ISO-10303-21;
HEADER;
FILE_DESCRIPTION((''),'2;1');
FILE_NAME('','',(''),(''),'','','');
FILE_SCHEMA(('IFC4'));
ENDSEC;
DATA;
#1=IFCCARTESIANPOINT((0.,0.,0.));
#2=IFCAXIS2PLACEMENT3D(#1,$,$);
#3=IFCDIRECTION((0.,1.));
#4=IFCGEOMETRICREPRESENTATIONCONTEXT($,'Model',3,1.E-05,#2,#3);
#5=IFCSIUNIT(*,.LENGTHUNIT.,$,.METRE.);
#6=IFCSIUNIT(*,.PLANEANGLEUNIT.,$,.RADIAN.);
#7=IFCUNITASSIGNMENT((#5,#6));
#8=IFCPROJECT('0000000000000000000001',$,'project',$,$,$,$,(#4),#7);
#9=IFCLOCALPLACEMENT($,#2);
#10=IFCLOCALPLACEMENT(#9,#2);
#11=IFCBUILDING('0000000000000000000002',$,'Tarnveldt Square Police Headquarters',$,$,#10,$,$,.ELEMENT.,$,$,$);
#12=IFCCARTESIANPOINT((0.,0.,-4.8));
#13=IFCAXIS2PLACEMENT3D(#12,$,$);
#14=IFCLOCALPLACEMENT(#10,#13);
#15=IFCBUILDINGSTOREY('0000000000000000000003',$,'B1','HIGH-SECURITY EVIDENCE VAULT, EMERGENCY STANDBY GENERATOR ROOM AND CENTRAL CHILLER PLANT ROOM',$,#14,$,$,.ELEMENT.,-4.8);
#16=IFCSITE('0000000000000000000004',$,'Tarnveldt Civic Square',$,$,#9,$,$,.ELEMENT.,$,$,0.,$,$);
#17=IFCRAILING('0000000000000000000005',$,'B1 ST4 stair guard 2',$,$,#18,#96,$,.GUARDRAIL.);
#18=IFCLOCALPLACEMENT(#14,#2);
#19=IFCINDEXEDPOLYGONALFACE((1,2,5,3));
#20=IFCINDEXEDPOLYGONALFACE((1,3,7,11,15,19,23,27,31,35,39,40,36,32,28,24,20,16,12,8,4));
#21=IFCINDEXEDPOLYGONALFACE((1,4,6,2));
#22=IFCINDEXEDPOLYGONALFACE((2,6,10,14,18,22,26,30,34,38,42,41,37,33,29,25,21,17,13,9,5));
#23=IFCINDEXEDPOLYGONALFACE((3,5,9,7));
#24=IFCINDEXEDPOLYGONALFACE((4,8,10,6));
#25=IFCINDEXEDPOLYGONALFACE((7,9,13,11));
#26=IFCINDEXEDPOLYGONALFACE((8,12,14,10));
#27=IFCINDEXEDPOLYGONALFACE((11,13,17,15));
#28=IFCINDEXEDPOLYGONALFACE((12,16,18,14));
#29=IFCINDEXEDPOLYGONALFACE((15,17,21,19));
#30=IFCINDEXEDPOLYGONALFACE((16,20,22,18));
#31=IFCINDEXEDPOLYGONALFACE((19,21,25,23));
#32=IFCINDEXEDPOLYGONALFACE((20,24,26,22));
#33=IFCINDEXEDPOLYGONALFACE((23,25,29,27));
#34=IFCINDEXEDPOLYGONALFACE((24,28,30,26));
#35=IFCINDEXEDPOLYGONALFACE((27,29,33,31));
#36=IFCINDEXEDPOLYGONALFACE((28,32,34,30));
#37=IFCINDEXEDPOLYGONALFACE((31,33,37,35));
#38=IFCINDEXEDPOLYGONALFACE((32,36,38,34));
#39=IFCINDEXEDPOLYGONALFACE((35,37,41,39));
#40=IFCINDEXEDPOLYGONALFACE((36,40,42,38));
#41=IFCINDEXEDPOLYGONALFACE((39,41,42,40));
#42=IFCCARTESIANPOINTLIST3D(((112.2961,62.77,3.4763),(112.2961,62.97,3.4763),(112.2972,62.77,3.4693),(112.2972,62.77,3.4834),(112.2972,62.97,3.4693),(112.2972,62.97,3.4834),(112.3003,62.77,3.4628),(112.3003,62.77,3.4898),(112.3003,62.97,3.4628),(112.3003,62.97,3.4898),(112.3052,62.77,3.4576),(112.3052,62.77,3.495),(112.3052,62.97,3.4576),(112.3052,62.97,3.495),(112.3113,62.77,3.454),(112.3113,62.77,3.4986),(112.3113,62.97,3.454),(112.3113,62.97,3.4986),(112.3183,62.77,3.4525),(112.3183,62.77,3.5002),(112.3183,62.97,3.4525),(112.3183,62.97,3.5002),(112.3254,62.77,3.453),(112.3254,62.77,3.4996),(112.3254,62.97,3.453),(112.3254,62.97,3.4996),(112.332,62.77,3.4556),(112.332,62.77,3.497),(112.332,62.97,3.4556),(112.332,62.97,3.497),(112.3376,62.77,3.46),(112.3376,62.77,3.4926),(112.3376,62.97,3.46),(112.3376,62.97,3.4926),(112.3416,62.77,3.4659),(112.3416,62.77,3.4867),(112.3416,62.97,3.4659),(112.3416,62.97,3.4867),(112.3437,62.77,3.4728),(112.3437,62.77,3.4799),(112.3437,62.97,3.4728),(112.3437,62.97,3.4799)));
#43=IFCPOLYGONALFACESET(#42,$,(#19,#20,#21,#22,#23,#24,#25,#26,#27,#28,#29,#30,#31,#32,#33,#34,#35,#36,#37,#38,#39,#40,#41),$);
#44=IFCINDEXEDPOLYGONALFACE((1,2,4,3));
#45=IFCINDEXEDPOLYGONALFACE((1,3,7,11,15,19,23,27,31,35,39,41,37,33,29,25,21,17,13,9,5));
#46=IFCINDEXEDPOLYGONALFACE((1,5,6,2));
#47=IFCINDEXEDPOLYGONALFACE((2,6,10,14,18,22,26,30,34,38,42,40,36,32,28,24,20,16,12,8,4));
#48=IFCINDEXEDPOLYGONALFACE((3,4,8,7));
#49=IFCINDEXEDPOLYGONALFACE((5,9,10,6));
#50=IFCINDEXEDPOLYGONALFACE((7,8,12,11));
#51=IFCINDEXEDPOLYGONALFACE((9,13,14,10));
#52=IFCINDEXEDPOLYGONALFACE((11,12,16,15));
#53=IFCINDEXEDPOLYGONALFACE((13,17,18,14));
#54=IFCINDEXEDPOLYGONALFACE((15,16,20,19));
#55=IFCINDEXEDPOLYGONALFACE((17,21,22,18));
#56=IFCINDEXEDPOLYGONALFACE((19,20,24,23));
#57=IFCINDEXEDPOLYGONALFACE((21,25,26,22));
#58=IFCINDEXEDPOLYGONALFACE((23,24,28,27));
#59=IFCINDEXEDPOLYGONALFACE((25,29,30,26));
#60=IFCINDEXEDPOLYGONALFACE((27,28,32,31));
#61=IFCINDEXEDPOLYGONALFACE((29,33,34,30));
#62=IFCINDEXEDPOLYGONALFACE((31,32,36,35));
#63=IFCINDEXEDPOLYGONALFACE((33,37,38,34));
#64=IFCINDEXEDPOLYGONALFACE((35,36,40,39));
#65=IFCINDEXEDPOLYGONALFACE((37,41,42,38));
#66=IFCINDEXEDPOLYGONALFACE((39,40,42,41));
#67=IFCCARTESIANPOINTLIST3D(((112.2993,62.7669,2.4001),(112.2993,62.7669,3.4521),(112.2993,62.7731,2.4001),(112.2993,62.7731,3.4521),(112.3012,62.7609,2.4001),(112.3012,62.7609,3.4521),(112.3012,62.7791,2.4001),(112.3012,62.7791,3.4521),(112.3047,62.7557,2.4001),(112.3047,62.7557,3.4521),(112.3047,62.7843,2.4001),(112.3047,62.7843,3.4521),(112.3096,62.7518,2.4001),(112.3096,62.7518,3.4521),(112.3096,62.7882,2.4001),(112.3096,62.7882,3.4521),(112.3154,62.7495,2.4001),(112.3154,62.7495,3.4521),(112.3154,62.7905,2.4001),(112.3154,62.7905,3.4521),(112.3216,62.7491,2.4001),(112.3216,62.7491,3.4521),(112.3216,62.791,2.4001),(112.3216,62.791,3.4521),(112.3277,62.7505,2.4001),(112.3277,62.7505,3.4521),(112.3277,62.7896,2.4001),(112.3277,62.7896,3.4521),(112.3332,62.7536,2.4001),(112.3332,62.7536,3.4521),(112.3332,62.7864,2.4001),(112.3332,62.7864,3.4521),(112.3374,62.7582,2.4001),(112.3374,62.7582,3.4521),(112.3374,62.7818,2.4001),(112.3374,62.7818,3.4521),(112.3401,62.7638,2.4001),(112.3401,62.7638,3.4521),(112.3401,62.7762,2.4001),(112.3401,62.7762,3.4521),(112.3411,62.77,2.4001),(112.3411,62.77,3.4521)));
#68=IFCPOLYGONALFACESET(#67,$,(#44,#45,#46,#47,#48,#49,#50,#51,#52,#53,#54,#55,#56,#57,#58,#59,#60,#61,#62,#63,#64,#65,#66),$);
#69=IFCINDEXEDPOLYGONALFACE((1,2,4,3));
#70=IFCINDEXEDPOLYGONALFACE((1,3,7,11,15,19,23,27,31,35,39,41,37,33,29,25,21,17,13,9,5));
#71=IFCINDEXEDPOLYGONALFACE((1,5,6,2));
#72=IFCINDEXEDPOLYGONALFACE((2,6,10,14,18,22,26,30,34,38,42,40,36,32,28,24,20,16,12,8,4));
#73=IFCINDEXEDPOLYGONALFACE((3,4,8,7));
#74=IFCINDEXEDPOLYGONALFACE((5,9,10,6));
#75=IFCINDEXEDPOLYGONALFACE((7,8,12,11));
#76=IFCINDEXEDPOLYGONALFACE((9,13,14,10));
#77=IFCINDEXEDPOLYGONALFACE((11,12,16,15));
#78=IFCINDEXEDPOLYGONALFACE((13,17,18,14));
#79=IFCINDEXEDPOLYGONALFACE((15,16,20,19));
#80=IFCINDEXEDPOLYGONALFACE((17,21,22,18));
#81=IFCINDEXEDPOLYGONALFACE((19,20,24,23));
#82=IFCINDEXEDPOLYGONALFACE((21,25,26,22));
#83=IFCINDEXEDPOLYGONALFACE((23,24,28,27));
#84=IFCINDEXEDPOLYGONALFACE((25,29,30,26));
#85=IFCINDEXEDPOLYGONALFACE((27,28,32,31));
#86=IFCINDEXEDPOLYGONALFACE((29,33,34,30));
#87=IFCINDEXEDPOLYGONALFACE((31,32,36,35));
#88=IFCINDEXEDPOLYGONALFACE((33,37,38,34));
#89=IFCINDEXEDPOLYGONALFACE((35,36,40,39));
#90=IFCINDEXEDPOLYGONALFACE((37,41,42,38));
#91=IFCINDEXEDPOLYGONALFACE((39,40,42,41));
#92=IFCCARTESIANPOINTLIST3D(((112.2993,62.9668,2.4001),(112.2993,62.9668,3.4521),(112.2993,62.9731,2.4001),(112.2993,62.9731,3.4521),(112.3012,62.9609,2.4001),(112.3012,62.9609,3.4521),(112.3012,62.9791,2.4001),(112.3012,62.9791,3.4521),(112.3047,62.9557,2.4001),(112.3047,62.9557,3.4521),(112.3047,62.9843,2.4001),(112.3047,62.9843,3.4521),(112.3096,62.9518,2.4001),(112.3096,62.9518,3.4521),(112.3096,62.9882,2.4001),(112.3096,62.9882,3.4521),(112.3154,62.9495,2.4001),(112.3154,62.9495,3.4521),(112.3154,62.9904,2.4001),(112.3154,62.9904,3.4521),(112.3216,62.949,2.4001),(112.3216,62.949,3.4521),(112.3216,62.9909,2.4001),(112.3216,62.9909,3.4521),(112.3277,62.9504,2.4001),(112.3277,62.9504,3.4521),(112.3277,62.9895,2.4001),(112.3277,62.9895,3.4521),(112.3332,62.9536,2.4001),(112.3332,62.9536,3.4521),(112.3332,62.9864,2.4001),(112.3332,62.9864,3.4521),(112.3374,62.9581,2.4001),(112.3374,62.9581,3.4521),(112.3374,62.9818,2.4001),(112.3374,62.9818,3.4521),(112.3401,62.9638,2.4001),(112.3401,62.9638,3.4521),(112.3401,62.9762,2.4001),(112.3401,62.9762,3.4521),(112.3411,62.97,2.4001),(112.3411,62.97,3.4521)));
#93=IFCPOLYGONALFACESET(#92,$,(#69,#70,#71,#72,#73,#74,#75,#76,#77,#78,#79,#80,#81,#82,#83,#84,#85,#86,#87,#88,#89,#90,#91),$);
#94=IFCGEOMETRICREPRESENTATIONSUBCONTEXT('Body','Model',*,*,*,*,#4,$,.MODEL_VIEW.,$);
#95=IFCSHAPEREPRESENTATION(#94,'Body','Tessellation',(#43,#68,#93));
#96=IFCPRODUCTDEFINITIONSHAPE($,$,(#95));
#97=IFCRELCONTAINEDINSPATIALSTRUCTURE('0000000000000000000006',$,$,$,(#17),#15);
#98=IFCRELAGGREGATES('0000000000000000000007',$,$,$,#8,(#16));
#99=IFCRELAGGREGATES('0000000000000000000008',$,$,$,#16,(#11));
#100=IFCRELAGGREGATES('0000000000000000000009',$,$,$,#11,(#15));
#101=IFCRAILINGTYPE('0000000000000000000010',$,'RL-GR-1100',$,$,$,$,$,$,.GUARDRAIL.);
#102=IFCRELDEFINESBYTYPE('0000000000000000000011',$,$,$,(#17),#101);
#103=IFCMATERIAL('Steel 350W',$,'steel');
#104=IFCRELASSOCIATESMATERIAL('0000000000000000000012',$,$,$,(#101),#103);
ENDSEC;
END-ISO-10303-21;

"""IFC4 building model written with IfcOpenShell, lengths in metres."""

from ifc_helpers import new_model, si_unit, direction, frame, origin, origin_2d, place, context, subcontext, project, spatial, circle, extrude, material, type_object, element, save


model = new_model("IFC4")

# Units and contexts
model_context = context("Model", 3, precision=1e-05, world=origin(), true_north=direction((0.0, 1.0)))
body_context = subcontext(model_context, "Body", "Model", "MODEL_VIEW")
ifc_project = project(units=[si_unit("LENGTHUNIT", "METRE"), si_unit("PLANEANGLEUNIT", "RADIAN")], contexts=[model_context])

# Site, building, storey
site_placement = place(None, origin())
site = spatial("IfcSite", under=ifc_project, at=site_placement, Name="Tarnveldt Civic Square", CompositionType="ELEMENT", RefElevation=0.0)
building_placement = place(site_placement, origin())
building = spatial("IfcBuilding", under=site, at=building_placement, Name="Tarnveldt Square Police Headquarters", CompositionType="ELEMENT")
storey_placement = place(building_placement, frame((0.0, 0.0, -4.8)))
storey = spatial("IfcBuildingStorey", under=building, at=storey_placement, Name="B1", Description="HIGH-SECURITY EVIDENCE VAULT, EMERGENCY STANDBY GENERATOR ROOM AND CENTRAL CHILLER PLANT ROOM", CompositionType="ELEMENT", Elevation=-4.8)

# Railing
ifc_material_1 = material(Name="Steel 350W", Category="steel")
railing_type_1 = type_object("IfcRailingType", Name="RL-GR-1100", PredefinedType="GUARDRAIL", material=ifc_material_1)
railing_1_placement = place(storey_placement, frame((112.3201, 62.77, 2.4001)))
element("IfcRailing", 1, at=railing_1_placement, inside=storey, type_object=railing_type_1, Name="B1 ST4 stair guard 2", PredefinedType="GUARDRAIL", context=body_context, shape_type="SweptSolid", body=[
    extrude(circle(Radius=0.0239, at=origin_2d()), frame((0.0, 0.0, 1.0762), z_axis=(0.0, 1.0, 0.0), x_axis=(-1.0, 0.0, 0.0)), (0.0, 0.0, 1.0), 0.2),
    extrude(circle(Radius=0.021, at=origin_2d()), origin(), (0.0, 0.0, 1.0), 1.052),
    extrude(circle(Radius=0.021, at=origin_2d()), frame((0.0, 0.2, 0.0)), (0.0, 0.0, 1.0), 1.052),
])

save(model, "model.ifc")
